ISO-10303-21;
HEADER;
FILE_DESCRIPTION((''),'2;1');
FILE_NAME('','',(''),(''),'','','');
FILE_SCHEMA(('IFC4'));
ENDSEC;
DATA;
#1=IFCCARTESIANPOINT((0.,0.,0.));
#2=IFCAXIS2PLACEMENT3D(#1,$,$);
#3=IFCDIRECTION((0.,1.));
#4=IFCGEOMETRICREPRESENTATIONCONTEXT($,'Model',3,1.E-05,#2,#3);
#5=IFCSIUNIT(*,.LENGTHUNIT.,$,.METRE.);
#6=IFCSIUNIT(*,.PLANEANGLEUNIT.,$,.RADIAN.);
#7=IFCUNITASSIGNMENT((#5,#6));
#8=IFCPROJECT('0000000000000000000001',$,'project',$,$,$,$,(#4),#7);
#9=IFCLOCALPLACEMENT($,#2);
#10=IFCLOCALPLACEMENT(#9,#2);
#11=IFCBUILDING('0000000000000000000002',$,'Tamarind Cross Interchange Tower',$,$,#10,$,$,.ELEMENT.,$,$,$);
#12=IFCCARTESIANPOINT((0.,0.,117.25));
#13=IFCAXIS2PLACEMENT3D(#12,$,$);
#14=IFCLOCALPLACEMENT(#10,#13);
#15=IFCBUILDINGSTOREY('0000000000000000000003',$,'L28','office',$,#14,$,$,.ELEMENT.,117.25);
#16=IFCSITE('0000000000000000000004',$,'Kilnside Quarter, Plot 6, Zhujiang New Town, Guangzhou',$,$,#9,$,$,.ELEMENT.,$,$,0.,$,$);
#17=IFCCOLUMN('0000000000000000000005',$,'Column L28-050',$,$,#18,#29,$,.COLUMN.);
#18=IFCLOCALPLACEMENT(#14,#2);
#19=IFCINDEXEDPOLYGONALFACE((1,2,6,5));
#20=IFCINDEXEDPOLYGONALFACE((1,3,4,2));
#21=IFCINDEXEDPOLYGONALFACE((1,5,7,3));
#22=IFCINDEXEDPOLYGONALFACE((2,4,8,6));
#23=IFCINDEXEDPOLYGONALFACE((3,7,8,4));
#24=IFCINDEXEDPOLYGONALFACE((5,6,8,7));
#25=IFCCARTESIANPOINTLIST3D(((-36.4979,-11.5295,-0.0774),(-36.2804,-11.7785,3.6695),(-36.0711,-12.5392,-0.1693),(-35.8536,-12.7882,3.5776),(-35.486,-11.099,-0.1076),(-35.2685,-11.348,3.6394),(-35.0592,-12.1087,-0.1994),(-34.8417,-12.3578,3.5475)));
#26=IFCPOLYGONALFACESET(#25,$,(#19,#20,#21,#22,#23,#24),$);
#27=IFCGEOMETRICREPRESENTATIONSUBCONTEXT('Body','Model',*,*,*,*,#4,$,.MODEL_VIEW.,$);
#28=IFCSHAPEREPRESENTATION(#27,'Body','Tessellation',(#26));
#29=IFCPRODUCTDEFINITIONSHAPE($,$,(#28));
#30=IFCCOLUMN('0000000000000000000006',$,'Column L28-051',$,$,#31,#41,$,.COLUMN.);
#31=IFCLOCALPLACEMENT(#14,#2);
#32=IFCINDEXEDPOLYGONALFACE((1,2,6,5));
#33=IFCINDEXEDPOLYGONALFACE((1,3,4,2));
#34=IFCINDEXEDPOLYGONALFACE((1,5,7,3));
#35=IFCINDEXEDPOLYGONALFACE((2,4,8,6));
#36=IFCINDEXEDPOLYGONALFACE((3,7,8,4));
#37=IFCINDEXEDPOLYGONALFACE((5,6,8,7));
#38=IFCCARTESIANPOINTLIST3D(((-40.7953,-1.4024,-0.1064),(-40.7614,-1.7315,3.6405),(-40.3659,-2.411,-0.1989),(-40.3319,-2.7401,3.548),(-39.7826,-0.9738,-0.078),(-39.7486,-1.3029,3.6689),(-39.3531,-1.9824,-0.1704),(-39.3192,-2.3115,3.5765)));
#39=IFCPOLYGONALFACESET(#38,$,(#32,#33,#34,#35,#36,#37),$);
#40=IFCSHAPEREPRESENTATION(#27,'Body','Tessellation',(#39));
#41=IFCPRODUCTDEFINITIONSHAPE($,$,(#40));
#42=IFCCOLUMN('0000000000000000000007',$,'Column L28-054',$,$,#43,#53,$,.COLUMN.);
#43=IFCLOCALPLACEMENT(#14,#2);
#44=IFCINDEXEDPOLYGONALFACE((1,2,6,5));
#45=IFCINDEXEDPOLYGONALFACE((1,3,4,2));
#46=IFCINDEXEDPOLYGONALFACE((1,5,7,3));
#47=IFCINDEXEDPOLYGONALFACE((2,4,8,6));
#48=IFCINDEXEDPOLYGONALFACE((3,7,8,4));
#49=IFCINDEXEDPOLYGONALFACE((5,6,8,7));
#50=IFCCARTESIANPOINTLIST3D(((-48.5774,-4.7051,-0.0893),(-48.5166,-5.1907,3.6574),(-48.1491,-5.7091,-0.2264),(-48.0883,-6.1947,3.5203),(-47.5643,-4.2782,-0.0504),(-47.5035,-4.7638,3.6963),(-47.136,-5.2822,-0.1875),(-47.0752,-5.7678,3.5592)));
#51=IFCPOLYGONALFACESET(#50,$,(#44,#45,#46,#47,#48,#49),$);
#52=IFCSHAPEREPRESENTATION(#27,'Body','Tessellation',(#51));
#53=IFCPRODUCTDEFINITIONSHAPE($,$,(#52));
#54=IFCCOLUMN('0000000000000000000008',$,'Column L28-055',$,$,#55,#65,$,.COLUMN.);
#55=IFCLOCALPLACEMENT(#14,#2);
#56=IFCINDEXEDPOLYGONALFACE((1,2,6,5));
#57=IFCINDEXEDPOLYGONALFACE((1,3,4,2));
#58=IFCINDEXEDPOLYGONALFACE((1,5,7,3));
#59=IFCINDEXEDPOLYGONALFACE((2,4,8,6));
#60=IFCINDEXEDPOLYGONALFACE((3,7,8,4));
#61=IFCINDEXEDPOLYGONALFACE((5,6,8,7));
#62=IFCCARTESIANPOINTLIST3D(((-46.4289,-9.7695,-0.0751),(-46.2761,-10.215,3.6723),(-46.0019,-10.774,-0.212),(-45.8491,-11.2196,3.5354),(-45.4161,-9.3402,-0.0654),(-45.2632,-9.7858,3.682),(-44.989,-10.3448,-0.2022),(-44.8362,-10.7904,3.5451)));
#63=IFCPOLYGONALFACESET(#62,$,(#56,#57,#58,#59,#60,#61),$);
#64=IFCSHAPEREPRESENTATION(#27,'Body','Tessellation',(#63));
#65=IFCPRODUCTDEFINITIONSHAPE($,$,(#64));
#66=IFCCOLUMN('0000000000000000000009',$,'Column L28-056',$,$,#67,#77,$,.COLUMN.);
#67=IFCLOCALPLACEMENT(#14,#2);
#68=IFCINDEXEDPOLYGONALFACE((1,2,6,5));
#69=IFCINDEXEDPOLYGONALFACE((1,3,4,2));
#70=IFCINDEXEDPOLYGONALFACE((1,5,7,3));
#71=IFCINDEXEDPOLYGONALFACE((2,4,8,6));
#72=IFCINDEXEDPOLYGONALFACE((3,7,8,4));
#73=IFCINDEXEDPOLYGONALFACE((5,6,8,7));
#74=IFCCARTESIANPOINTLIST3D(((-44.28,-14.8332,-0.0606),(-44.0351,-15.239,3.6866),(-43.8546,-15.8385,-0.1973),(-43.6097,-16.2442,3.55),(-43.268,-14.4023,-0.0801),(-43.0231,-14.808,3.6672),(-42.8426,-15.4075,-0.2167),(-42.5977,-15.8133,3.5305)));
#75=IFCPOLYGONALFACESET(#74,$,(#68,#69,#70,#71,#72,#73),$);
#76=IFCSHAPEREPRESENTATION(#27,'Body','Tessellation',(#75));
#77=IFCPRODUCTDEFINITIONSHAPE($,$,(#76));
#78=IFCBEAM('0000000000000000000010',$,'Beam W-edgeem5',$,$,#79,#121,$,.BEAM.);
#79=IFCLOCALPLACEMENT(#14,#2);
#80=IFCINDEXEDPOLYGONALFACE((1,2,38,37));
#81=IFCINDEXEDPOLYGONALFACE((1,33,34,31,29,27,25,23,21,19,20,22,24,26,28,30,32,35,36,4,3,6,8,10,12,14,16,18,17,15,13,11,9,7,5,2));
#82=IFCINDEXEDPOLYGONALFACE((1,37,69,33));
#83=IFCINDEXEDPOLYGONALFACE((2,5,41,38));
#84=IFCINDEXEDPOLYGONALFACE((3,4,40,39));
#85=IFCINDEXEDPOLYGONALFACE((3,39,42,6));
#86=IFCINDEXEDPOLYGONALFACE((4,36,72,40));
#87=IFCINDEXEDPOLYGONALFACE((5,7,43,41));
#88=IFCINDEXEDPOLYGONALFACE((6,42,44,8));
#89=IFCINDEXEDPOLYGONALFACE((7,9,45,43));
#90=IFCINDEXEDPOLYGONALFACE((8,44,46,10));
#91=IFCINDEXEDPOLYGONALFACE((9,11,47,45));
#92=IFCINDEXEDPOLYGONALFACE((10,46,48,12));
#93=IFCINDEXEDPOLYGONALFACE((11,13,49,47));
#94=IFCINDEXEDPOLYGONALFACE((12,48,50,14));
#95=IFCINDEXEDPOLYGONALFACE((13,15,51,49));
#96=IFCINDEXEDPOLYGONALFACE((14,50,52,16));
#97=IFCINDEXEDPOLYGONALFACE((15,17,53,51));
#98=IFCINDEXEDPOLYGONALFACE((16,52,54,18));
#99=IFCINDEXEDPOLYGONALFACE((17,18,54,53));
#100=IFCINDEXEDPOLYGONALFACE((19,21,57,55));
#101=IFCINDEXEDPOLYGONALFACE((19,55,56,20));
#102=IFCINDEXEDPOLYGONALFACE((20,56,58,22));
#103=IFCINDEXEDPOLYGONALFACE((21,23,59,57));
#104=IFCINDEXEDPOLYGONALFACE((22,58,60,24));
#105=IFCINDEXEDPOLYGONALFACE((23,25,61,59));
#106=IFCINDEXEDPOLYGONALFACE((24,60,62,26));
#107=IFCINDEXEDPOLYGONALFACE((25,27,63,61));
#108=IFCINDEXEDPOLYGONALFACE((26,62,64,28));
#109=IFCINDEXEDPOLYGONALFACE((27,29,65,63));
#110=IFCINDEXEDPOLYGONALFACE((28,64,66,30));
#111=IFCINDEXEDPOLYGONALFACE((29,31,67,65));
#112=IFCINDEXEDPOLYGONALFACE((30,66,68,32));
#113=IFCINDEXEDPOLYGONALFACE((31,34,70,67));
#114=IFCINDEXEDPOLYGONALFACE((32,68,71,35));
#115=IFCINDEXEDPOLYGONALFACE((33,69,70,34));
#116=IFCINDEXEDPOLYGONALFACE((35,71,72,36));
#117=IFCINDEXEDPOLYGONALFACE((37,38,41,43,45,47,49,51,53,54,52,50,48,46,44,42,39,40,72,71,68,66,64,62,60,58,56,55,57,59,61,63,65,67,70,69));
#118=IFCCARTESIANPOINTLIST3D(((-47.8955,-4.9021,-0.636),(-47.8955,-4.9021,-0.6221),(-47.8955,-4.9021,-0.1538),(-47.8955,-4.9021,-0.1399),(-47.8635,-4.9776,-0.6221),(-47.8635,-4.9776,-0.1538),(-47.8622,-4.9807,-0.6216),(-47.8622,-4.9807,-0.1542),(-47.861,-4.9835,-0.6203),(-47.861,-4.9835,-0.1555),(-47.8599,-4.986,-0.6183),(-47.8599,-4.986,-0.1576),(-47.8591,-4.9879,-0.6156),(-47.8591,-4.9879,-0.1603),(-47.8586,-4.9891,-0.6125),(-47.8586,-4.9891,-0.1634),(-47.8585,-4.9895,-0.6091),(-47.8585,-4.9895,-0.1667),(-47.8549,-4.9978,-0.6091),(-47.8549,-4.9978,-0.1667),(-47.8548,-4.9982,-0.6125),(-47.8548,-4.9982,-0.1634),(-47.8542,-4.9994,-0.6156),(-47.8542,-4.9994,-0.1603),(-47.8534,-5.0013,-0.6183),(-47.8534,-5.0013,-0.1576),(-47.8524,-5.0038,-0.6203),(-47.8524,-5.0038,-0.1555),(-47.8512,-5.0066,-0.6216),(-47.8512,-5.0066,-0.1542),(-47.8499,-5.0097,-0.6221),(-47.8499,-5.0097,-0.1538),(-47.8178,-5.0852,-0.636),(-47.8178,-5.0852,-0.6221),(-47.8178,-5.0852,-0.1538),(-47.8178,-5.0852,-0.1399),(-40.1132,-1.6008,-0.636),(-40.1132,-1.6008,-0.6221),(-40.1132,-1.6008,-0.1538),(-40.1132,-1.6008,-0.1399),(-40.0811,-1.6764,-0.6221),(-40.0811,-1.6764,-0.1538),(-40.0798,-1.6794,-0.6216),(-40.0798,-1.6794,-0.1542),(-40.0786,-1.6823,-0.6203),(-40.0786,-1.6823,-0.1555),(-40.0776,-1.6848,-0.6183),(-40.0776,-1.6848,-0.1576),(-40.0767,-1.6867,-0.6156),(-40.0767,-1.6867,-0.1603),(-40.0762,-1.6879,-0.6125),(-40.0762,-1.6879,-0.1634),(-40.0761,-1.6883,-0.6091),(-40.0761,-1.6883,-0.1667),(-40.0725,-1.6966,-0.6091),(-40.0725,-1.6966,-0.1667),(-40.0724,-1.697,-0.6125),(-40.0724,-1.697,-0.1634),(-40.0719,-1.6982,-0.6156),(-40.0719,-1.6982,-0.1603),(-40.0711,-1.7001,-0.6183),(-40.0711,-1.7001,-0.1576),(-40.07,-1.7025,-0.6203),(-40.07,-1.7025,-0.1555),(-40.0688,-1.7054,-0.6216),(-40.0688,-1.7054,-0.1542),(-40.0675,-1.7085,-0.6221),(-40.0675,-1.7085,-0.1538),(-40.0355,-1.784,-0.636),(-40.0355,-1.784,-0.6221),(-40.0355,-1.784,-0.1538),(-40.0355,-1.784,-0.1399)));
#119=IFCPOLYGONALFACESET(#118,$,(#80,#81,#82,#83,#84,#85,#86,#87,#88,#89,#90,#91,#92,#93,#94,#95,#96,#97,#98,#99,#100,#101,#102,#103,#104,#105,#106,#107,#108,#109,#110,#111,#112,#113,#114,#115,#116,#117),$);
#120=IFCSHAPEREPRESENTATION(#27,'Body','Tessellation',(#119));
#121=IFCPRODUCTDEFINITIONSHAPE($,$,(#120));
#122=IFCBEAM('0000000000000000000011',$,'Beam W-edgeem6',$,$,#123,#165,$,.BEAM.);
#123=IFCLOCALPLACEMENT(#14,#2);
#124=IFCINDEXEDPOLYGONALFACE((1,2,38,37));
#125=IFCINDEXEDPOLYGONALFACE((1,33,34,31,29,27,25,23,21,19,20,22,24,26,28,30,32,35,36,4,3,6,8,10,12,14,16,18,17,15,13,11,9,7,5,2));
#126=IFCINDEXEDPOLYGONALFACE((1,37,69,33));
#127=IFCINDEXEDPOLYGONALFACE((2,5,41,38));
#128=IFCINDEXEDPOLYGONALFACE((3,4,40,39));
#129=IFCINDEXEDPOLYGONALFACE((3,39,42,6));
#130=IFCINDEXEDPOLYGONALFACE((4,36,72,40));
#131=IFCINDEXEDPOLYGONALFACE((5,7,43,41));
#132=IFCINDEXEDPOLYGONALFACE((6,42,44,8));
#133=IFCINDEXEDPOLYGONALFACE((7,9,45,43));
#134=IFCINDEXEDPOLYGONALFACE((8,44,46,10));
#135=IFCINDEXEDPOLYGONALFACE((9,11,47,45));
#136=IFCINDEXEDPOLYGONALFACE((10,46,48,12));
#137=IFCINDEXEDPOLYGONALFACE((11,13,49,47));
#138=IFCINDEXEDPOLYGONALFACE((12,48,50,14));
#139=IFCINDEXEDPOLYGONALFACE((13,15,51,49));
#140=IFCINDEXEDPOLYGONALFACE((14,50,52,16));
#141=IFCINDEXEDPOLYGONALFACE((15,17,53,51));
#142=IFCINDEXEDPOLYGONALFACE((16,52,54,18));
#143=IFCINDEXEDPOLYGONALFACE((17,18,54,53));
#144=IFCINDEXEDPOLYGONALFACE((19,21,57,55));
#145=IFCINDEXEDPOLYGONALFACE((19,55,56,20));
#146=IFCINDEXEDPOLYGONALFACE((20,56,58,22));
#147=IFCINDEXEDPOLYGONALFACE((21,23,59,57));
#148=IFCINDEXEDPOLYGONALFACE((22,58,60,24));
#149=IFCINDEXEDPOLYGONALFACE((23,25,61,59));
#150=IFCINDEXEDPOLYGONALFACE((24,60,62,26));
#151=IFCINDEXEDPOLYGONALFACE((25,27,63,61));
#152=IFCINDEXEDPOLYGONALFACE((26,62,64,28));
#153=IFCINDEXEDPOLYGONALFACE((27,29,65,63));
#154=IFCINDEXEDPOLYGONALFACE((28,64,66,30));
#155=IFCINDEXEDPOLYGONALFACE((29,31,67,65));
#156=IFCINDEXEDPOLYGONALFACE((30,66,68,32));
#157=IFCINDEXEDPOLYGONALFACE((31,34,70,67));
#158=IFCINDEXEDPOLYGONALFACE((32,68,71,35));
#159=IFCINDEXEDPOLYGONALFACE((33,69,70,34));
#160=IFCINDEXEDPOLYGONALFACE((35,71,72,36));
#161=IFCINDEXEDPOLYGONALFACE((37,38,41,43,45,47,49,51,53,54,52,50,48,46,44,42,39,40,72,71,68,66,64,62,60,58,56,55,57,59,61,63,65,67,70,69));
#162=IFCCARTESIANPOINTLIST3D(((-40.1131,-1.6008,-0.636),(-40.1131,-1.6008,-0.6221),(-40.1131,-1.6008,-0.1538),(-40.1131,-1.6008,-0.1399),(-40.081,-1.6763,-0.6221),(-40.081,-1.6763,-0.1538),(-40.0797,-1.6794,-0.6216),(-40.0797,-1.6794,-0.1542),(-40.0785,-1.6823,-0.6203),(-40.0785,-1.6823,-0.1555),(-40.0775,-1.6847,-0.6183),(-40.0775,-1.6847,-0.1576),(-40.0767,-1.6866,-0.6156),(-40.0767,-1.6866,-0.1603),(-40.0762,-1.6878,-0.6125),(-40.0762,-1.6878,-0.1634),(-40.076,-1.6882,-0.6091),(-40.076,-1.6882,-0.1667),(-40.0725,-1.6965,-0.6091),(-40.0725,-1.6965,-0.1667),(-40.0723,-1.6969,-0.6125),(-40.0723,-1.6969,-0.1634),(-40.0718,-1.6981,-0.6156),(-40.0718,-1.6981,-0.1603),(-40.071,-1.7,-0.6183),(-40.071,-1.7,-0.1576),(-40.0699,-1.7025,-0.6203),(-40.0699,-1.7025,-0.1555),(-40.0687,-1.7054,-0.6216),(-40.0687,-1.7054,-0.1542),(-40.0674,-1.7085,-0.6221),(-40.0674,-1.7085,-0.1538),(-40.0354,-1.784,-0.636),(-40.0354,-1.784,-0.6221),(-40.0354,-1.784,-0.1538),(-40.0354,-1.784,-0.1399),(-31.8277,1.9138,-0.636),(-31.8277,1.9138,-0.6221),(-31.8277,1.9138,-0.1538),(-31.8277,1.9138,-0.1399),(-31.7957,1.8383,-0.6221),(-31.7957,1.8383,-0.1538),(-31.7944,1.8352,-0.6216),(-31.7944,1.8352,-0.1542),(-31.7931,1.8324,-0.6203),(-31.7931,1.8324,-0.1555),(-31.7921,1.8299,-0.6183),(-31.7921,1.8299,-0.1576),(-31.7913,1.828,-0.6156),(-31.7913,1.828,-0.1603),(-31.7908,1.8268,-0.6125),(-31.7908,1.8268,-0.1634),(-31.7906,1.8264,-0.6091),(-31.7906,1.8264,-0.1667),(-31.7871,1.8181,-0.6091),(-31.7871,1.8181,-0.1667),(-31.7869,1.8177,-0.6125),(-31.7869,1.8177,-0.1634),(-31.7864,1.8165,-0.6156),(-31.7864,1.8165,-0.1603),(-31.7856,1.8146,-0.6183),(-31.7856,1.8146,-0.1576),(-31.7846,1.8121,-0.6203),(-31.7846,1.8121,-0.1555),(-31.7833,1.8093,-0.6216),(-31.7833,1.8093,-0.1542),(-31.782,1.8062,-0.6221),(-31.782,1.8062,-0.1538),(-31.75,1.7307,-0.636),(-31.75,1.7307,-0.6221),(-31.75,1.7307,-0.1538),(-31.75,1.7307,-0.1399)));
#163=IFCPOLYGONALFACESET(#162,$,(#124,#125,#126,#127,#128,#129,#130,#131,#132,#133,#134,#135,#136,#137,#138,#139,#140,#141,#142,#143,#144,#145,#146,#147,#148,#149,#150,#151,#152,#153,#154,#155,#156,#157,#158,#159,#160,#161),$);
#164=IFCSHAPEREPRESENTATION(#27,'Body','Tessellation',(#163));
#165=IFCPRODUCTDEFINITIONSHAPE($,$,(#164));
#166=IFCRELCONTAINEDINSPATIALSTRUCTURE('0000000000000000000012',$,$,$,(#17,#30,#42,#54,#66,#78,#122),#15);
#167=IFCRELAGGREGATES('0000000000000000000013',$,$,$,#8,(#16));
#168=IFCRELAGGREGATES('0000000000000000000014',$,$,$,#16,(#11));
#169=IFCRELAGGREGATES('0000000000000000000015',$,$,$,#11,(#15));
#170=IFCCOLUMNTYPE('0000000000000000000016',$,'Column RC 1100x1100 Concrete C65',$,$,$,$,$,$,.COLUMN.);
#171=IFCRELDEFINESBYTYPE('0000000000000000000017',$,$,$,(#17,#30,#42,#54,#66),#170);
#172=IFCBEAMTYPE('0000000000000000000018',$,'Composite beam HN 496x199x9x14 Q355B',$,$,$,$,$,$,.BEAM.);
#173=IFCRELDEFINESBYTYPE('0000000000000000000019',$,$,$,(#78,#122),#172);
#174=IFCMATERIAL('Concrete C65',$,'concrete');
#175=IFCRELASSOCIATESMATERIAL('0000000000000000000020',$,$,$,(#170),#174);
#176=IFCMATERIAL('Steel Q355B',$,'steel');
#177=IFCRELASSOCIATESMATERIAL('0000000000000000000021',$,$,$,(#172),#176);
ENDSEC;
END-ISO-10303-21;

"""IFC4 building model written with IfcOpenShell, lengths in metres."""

from ifc_helpers import new_model, si_unit, direction, frame, origin, origin_2d, place, context, subcontext, project, spatial, rectangle, i_section, extrude, material, material_profile, profile_set, type_object, element, save


model = new_model("IFC4")

# Units and contexts
model_context = context("Model", 3, precision=1e-05, world=origin(), true_north=direction((0.0, 1.0)))
body_context = subcontext(model_context, "Body", "Model", "MODEL_VIEW")
ifc_project = project(units=[si_unit("LENGTHUNIT", "METRE"), si_unit("PLANEANGLEUNIT", "RADIAN")], contexts=[model_context])

# Site, building, storey
site_placement = place(None, origin())
site = spatial("IfcSite", under=ifc_project, at=site_placement, Name="Kilnside Quarter, Plot 6, Zhujiang New Town, Guangzhou", CompositionType="ELEMENT", RefElevation=0.0)
building_placement = place(site_placement, origin())
building = spatial("IfcBuilding", under=site, at=building_placement, Name="Tamarind Cross Interchange Tower", CompositionType="ELEMENT")
storey_placement = place(building_placement, frame((0.0, 0.0, 117.25)))
storey = spatial("IfcBuildingStorey", under=building, at=storey_placement, Name="L28", Description="office", CompositionType="ELEMENT", Elevation=117.25)

# Columns
ifc_material_1 = material(Name="Concrete C65", Category="concrete")
ifc_material_profile_1 = material_profile(ifc_material_1, rectangle(XDim=1.1001, YDim=1.1001, at=origin_2d()), Name="RC 1100x1100")
ifc_profile_set_1 = profile_set([ifc_material_profile_1], Name="Concrete C65")
column_type = type_object("IfcColumnType", Name="Column RC 1100x1100 Concrete C65", PredefinedType="COLUMN", material=ifc_profile_set_1)
for number, where, z_axis, x_axis, name in (
    (1, (-35.7786, -11.8191, -0.1384), (0.057832, -0.066205, 0.996129), (-0.387979, 0.917875, 0.083529), "Column L28-050"),
    (2, (-40.0742, -1.6924, -0.1384), (0.009022, -0.087494, 0.996124), (0.920613, 0.389618, 0.025884), "Column L28-051"),
):
    element("IfcColumn", number, at=place(storey_placement, frame(where, z_axis=z_axis, x_axis=x_axis)), inside=storey, type_object=column_type, Name=name, PredefinedType="COLUMN", context=body_context, shape_type="SweptSolid", body=[
        extrude(rectangle(XDim=1.1001, YDim=1.1001, at=origin_2d()), origin(), (0.0, 0.0, 1.0), 3.7615),
    ])
column_1_placement = place(storey_placement, frame((-47.8567, -4.9937, -0.1384), z_axis=(0.016088, -0.12851, 0.991578), x_axis=(0.920946, 0.388083, 0.035354)))
element("IfcColumn", 3, at=column_1_placement, inside=storey, type_object=column_type, Name="Column L28-054", PredefinedType="COLUMN", context=body_context, shape_type="SweptSolid", body=[
    extrude(rectangle(XDim=1.1001, YDim=1.1001, at=origin_2d()), origin(), (0.0, 0.0, 1.0), 3.7786),
])
column_2_placement = place(storey_placement, frame((-45.709, -10.0571, -0.1387), z_axis=(0.040466, -0.117972, 0.992192), x_axis=(0.920704, 0.390162, 0.00884)))
element("IfcColumn", 4, at=column_2_placement, inside=storey, type_object=column_type, Name="Column L28-055", PredefinedType="COLUMN", context=body_context, shape_type="SweptSolid", body=[
    extrude(rectangle(XDim=1.1001, YDim=1.1001, at=origin_2d()), origin(), (0.0, 0.0, 1.0), 3.7769),
])
column_3_placement = place(storey_placement, frame((-43.5613, -15.1204, -0.1387), z_axis=(0.06483, -0.107425, 0.992097), x_axis=(-0.386726, 0.913791, 0.124217)))
element("IfcColumn", 5, at=column_3_placement, inside=storey, type_object=column_type, Name="Column L28-056", PredefinedType="COLUMN", context=body_context, shape_type="SweptSolid", body=[
    extrude(rectangle(XDim=1.1001, YDim=1.1001, at=origin_2d()), origin(), (0.0, 0.0, 1.0), 3.7771),
])

# Beams
ifc_material_2 = material(Name="Steel Q355B", Category="steel")
ifc_material_profile_2 = material_profile(ifc_material_2, i_section(OverallWidth=0.199, OverallDepth=0.4961, WebThickness=0.009, FlangeThickness=0.0139, FilletRadius=0.0129, at=origin_2d()), Name="HN 496x199x9x14")
ifc_profile_set_2 = profile_set([ifc_material_profile_2], Name="Steel Q355B")
beam_type_1 = type_object("IfcBeamType", Name="Composite beam HN 496x199x9x14 Q355B", PredefinedType="BEAM", material=ifc_profile_set_2)
beam_1_placement = place(storey_placement, frame((-47.8567, -4.9937, -0.3879), z_axis=(0.920598, 0.390511, 0.0), x_axis=(-0.390511, 0.920598, 0.0)))
element("IfcBeam", 6, at=beam_1_placement, inside=storey, type_object=beam_type_1, Name="Beam W-edgeem5", PredefinedType="BEAM", context=body_context, shape_type="SweptSolid", body=[
    extrude(i_section(OverallWidth=0.199, OverallDepth=0.4961, WebThickness=0.009, FlangeThickness=0.0139, FilletRadius=0.0129, at=origin_2d()), origin(), (0.0, 0.0, 1.0), 8.4536),
])
beam_2_placement = place(storey_placement, frame((-40.0742, -1.6924, -0.3879), z_axis=(0.920597, 0.390515, 0.0), x_axis=(-0.390515, 0.920597, 0.0)))
element("IfcBeam", 7, at=beam_2_placement, inside=storey, type_object=beam_type_1, Name="Beam W-edgeem6", PredefinedType="BEAM", context=body_context, shape_type="SweptSolid", body=[
    extrude(i_section(OverallWidth=0.199, OverallDepth=0.4961, WebThickness=0.009, FlangeThickness=0.0139, FilletRadius=0.0129, at=origin_2d()), origin(), (0.0, 0.0, 1.0), 9.0),
])

save(model, "model.ifc")
